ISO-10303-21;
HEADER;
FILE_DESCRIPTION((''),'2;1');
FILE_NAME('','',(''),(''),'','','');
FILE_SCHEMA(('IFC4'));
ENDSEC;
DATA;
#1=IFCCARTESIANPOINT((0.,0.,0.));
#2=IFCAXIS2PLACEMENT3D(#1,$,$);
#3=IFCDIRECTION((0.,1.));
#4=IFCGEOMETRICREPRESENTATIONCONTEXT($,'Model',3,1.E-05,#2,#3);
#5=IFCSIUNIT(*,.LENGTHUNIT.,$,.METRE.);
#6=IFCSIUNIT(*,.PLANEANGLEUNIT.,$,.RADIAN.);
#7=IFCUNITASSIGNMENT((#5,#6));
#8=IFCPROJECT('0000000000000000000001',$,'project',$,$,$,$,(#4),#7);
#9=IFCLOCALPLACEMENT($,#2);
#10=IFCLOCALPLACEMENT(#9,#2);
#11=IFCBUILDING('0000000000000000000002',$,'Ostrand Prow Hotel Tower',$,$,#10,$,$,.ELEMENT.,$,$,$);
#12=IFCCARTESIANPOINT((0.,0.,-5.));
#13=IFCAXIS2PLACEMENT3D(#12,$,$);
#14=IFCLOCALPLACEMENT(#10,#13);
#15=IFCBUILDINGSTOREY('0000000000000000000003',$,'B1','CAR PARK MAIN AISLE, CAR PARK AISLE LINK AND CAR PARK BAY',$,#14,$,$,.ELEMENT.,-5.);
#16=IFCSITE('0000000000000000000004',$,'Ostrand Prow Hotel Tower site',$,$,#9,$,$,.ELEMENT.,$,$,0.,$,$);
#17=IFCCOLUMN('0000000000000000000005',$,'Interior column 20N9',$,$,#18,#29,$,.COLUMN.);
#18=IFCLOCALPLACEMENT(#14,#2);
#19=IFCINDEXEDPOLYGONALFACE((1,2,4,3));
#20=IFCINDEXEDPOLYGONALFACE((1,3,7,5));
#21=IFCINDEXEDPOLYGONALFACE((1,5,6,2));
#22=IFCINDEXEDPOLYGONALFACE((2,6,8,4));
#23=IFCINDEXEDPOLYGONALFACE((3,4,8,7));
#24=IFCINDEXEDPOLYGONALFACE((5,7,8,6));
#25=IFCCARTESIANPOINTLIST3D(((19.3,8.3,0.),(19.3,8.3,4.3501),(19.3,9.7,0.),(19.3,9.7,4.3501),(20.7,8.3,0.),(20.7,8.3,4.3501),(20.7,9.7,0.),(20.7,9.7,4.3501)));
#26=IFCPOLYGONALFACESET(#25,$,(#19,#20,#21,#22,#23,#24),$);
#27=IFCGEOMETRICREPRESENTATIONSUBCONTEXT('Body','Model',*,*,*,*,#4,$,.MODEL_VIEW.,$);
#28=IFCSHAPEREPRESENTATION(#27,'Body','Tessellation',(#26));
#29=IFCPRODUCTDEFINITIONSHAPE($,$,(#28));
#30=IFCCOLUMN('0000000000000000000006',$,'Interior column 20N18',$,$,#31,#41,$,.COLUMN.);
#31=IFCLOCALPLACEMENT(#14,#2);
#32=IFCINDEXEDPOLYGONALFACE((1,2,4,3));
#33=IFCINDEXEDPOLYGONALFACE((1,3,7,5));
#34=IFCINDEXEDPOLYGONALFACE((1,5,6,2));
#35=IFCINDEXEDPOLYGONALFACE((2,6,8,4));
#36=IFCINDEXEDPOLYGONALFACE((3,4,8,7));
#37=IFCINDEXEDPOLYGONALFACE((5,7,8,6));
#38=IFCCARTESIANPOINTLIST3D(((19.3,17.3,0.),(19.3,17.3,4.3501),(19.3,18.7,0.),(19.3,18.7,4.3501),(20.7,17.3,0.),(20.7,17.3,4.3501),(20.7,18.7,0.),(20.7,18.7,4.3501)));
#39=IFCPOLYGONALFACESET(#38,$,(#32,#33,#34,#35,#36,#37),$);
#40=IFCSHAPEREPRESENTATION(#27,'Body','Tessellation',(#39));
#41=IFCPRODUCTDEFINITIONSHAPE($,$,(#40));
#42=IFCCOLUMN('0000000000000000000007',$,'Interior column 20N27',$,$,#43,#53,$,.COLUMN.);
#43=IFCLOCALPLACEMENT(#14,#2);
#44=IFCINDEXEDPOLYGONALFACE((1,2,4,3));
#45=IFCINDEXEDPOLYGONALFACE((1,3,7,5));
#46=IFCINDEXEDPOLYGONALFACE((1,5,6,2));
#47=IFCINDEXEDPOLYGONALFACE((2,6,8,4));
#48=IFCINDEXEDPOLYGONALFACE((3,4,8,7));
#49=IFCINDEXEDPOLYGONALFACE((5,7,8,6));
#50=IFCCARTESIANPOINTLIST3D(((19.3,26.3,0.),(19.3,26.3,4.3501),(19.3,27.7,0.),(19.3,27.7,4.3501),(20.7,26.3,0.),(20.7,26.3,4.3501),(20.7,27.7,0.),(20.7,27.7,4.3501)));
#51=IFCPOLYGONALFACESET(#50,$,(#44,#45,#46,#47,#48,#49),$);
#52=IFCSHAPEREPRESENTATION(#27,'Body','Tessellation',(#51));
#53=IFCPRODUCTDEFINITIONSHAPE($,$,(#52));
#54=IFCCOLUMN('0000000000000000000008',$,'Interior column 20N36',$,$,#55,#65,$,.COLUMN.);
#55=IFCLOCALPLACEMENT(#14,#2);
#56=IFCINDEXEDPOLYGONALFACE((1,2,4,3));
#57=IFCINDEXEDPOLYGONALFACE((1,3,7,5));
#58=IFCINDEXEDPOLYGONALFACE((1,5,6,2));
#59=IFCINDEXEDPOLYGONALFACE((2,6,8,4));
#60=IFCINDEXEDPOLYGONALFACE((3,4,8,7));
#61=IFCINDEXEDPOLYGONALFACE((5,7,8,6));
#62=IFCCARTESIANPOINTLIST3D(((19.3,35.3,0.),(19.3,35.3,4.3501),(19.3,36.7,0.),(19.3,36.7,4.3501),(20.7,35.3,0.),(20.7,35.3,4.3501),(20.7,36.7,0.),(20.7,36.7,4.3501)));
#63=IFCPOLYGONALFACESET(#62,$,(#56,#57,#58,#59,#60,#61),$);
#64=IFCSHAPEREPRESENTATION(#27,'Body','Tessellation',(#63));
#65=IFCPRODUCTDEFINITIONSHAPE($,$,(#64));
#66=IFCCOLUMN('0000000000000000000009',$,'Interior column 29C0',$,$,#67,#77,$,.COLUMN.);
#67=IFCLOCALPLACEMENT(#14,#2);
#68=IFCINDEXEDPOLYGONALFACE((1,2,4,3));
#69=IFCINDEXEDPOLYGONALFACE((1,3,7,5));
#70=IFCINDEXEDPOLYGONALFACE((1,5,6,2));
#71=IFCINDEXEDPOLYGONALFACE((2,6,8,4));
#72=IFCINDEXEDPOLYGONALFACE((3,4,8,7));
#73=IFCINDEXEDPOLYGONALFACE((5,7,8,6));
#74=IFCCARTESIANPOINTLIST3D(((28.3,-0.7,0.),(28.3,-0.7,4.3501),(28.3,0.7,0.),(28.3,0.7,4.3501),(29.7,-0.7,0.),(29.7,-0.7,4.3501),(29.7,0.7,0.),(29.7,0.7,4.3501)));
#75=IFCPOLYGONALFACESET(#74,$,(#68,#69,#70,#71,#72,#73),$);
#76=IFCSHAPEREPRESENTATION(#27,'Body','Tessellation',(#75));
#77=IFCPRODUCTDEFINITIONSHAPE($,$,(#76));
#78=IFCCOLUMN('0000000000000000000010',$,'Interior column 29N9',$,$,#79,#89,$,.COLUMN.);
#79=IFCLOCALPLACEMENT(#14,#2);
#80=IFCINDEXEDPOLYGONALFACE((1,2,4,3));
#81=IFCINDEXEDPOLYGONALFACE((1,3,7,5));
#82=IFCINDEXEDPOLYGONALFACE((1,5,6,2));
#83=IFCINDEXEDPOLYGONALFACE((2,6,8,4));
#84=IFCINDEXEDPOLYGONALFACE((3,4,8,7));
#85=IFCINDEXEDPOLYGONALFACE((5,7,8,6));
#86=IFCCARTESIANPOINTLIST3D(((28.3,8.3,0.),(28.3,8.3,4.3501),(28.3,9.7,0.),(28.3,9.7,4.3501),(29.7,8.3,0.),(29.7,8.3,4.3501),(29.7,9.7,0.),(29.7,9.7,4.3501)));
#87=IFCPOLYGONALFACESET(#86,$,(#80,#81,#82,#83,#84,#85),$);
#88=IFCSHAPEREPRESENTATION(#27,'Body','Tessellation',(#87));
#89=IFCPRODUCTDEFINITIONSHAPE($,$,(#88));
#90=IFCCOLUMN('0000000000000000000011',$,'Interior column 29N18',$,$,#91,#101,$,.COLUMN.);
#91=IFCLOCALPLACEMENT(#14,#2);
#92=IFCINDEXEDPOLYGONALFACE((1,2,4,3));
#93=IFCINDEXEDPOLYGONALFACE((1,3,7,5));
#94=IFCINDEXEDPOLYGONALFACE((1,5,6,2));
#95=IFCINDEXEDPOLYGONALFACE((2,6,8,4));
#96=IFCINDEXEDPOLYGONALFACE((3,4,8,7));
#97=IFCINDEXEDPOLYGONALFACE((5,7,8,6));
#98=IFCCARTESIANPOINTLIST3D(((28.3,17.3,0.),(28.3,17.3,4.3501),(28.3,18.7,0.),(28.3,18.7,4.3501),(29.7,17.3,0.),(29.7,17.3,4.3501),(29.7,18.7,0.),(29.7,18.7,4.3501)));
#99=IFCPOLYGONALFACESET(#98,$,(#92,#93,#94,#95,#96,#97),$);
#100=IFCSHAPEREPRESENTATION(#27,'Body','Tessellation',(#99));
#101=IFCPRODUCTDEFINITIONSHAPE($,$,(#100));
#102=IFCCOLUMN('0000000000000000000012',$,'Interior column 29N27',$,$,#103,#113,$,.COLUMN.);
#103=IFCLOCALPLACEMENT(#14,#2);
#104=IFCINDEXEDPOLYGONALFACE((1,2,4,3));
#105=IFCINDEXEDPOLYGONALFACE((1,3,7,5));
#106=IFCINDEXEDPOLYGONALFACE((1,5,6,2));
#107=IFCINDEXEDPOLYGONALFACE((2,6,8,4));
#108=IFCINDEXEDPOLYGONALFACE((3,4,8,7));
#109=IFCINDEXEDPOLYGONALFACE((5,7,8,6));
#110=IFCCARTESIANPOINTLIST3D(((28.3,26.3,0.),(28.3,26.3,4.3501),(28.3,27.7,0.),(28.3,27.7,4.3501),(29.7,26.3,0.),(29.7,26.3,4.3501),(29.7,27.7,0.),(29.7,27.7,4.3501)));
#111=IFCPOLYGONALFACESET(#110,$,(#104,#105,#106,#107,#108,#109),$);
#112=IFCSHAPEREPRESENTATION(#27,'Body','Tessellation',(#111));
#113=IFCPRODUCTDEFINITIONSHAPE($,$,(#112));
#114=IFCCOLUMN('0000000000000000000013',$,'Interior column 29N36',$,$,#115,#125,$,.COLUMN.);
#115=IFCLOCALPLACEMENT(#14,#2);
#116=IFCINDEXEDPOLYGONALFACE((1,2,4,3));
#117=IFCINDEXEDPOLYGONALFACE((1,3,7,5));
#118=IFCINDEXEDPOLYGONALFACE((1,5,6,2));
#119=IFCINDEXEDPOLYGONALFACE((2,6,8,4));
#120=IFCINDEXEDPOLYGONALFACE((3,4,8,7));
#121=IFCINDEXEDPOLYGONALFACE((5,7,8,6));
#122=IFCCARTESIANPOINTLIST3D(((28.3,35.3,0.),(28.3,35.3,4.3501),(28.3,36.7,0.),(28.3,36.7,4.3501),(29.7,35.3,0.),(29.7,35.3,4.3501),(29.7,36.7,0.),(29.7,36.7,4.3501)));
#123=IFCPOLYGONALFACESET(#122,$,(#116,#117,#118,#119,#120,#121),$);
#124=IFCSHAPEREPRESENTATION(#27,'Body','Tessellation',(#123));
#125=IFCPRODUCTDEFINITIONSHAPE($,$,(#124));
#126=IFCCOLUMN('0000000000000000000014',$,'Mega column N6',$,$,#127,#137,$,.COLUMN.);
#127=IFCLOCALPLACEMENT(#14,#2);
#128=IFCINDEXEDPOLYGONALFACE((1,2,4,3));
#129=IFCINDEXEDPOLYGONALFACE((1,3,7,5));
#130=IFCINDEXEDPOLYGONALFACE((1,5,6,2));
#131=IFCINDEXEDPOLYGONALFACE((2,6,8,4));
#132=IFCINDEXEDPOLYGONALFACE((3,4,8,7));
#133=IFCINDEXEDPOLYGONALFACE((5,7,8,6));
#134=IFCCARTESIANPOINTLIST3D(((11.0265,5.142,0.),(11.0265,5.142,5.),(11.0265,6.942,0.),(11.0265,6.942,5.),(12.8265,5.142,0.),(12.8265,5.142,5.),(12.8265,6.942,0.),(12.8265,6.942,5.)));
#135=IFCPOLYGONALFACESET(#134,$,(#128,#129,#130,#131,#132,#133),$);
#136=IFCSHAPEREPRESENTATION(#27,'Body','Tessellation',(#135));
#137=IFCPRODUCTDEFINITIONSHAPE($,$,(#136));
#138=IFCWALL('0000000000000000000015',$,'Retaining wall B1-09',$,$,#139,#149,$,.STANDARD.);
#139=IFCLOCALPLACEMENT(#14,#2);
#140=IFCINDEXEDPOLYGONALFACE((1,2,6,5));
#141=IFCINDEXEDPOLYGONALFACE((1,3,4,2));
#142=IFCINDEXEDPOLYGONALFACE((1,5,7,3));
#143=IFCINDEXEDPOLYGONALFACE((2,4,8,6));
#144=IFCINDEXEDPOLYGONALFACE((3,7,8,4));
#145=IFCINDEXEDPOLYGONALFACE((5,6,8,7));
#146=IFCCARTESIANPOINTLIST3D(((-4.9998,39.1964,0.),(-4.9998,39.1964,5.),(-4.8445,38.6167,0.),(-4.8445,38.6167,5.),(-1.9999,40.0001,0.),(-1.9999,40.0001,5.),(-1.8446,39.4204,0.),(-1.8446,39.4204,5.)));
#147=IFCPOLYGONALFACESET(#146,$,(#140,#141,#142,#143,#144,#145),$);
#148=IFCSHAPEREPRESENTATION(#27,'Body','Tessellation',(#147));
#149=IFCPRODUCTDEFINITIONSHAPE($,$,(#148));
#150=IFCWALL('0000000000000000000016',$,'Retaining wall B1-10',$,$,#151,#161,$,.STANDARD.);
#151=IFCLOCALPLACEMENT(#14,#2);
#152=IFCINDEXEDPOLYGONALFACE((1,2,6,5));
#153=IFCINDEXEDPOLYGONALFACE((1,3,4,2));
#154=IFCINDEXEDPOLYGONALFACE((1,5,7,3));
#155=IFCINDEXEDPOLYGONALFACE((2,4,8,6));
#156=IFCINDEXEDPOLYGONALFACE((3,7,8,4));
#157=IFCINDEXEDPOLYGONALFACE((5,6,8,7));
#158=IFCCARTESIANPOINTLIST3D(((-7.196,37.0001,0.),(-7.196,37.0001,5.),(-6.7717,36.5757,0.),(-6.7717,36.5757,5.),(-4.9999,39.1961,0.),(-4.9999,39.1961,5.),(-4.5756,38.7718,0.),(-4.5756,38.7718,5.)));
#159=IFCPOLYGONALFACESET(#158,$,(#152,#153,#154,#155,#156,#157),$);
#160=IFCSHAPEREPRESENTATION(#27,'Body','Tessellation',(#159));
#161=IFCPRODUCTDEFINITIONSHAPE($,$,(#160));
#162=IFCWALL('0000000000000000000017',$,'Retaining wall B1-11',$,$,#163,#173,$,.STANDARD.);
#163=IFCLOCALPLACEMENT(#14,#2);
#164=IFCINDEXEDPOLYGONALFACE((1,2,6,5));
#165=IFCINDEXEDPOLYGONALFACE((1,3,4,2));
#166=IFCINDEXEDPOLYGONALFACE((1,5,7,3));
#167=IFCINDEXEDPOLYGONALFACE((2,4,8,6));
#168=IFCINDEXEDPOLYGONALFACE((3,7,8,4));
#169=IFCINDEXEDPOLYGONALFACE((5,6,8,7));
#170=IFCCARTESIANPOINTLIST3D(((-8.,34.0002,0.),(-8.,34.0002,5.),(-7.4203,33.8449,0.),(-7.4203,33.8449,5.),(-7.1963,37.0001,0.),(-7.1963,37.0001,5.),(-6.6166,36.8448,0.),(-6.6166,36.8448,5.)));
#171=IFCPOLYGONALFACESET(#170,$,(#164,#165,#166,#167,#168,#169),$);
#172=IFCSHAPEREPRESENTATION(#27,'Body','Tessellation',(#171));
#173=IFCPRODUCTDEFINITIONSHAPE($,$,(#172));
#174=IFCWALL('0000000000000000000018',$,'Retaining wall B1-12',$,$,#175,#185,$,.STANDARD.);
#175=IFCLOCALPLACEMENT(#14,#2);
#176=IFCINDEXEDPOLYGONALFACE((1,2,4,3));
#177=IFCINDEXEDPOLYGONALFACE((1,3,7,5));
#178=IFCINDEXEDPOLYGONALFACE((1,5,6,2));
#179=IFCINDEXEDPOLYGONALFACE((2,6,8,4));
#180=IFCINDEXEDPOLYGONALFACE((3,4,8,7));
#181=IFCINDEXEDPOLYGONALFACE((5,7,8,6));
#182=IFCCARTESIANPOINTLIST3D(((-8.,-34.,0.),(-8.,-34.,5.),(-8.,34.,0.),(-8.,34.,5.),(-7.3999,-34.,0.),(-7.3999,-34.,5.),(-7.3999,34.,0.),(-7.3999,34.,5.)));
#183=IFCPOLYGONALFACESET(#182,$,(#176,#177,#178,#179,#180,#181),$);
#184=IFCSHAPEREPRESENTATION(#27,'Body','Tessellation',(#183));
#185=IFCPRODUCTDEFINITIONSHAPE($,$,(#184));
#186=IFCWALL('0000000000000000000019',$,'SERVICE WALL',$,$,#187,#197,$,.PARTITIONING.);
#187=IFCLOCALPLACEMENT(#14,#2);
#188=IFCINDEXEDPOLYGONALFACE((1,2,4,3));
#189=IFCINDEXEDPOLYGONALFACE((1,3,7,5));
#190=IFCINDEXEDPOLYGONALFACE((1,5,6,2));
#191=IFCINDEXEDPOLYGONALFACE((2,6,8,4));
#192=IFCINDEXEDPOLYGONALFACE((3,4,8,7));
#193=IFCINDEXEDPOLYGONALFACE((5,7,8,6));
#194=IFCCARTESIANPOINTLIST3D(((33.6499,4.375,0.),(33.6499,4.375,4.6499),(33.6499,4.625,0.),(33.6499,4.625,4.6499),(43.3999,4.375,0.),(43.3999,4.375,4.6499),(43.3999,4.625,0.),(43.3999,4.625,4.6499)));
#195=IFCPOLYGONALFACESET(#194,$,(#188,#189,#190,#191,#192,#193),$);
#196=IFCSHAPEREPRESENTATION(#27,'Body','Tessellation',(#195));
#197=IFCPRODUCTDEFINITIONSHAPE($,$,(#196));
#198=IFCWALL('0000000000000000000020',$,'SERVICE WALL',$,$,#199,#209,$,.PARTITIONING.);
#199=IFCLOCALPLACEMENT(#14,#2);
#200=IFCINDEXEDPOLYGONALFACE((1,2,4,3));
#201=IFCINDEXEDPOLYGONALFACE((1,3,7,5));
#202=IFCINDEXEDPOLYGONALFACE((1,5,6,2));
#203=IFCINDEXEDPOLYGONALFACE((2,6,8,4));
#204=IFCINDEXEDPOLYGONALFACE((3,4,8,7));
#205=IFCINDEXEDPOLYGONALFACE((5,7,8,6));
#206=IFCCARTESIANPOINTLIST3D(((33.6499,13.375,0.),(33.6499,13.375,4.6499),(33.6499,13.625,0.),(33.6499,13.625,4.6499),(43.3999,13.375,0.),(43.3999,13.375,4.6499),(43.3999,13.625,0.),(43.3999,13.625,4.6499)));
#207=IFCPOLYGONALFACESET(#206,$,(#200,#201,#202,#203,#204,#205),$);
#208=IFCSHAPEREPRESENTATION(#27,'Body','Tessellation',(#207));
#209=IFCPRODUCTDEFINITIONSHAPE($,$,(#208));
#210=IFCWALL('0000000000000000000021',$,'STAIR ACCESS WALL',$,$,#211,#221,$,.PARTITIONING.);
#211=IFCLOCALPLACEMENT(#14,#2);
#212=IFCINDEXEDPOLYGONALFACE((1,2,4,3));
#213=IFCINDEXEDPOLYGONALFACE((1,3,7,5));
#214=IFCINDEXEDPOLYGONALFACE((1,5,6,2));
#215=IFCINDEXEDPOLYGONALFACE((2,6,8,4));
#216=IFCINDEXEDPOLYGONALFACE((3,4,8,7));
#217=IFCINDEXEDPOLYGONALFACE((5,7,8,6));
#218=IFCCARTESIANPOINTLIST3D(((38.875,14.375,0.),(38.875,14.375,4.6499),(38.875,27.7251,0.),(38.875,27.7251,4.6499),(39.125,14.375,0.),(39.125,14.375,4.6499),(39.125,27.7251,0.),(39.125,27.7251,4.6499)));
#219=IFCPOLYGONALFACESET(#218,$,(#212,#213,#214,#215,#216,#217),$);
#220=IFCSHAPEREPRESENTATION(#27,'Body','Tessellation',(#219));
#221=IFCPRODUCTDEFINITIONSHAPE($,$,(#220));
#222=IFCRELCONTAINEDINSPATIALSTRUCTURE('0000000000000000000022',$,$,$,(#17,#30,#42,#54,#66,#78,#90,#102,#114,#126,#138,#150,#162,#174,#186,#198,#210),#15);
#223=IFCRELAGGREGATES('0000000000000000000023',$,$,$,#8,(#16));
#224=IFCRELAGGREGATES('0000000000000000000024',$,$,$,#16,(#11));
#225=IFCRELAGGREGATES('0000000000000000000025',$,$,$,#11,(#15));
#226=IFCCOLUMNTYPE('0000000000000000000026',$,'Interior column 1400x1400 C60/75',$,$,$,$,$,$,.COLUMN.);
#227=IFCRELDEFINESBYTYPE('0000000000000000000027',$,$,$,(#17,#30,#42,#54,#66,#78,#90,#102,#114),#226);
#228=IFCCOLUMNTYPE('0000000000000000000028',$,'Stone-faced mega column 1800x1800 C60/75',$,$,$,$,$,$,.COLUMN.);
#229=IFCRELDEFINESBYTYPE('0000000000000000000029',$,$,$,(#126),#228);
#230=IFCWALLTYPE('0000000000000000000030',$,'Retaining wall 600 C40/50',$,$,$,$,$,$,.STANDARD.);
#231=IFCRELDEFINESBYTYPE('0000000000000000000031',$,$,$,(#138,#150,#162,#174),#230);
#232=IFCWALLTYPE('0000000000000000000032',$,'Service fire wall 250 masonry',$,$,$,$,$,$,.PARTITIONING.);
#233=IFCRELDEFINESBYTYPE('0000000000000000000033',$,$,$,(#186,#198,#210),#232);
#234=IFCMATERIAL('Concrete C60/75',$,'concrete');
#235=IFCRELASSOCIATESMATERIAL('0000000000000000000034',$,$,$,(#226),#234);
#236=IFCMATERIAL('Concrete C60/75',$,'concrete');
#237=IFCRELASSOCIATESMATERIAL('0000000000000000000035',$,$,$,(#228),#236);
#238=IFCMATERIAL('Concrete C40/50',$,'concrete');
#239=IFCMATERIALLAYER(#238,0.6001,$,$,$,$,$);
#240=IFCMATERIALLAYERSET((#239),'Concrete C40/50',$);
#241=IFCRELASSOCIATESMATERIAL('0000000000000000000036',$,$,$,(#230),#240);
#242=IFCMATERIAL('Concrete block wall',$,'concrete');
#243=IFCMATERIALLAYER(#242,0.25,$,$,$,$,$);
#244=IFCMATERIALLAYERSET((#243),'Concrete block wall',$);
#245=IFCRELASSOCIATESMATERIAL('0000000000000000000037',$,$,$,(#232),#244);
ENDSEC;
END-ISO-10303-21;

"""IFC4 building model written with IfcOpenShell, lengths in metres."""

from ifc_helpers import new_model, si_unit, direction, frame, frame_2d, origin, origin_2d, place, context, subcontext, project, spatial, rectangle, extrude, material, layer, layer_set, material_profile, profile_set, type_object, element, save


model = new_model("IFC4")

# Units and contexts
model_context = context("Model", 3, precision=1e-05, world=origin(), true_north=direction((0.0, 1.0)))
body_context = subcontext(model_context, "Body", "Model", "MODEL_VIEW")
ifc_project = project(units=[si_unit("LENGTHUNIT", "METRE"), si_unit("PLANEANGLEUNIT", "RADIAN")], contexts=[model_context])

# Site, building, storey
site_placement = place(None, origin())
site = spatial("IfcSite", under=ifc_project, at=site_placement, Name="Ostrand Prow Hotel Tower site", CompositionType="ELEMENT", RefElevation=0.0)
building_placement = place(site_placement, origin())
building = spatial("IfcBuilding", under=site, at=building_placement, Name="Ostrand Prow Hotel Tower", CompositionType="ELEMENT")
storey_placement = place(building_placement, frame((0.0, 0.0, -5.0)))
storey = spatial("IfcBuildingStorey", under=building, at=storey_placement, Name="B1", Description="CAR PARK MAIN AISLE, CAR PARK AISLE LINK AND CAR PARK BAY", CompositionType="ELEMENT", Elevation=-5.0)

# Columns
ifc_material_1 = material(Name="Concrete C60/75", Category="concrete")
ifc_material_profile_1 = material_profile(ifc_material_1, rectangle(XDim=1.3999, YDim=1.3999, at=origin_2d()), Name="RC 1400x1400")
ifc_profile_set_1 = profile_set([ifc_material_profile_1], Name="Concrete C60/75")
column_type_1 = type_object("IfcColumnType", Name="Interior column 1400x1400 C60/75", PredefinedType="COLUMN", material=ifc_profile_set_1)
for number, where, z_axis, x_axis, name in (
    (1, (20.0, 9.0, 0.0), (0.0, 0.0, 1.0), (1.0, 0.0, 0.0), "Interior column 20N9"),
    (2, (20.0, 18.0, 0.0), (0.0, 0.0, 1.0), (1.0, 0.0, 0.0), "Interior column 20N18"),
    (3, (20.0, 27.0, 0.0), (0.0, 0.0, 1.0), (1.0, 0.0, 0.0), "Interior column 20N27"),
    (4, (20.0, 36.0, 0.0), (0.0, 0.0, 1.0), (1.0, 0.0, 0.0), "Interior column 20N36"),
    (5, (29.0, 0.0, 0.0), (0.0, 0.0, 1.0), (1.0, 0.0, 0.0), "Interior column 29C0"),
    (6, (29.0, 9.0, 0.0), (0.0, 0.0, 1.0), (1.0, 0.0, 0.0), "Interior column 29N9"),
    (7, (29.0, 18.0, 0.0), (0.0, 0.0, 1.0), (1.0, 0.0, 0.0), "Interior column 29N18"),
    (8, (29.0, 27.0, 0.0), (0.0, 0.0, 1.0), (1.0, 0.0, 0.0), "Interior column 29N27"),
    (9, (29.0, 36.0, 0.0), (0.0, 0.0, 1.0), (1.0, 0.0, 0.0), "Interior column 29N36"),
):
    element("IfcColumn", number, at=place(storey_placement, frame(where, z_axis=z_axis, x_axis=x_axis)), inside=storey, type_object=column_type_1, Name=name, PredefinedType="COLUMN", context=body_context, shape_type="SweptSolid", body=[
        extrude(rectangle(XDim=1.3999, YDim=1.3999, at=origin_2d()), origin(), (0.0, 0.0, 1.0), 4.3501),
    ])
ifc_material_2 = material(Name="Concrete C60/75", Category="concrete")
ifc_material_profile_2 = material_profile(ifc_material_2, rectangle(XDim=1.8, YDim=1.8, at=origin_2d()), Name="RC 1800x1800")
ifc_profile_set_2 = profile_set([ifc_material_profile_2], Name="Concrete C60/75")
column_type_2 = type_object("IfcColumnType", Name="Stone-faced mega column 1800x1800 C60/75", PredefinedType="COLUMN", material=ifc_profile_set_2)
column_placement = place(storey_placement, frame((11.9265, 6.042, 0.0), z_axis=(0.0, 0.0, 1.0), x_axis=(1.0, 0.0, 0.0)))
element("IfcColumn", 10, at=column_placement, inside=storey, type_object=column_type_2, Name="Mega column N6", PredefinedType="COLUMN", context=body_context, shape_type="SweptSolid", body=[
    extrude(rectangle(XDim=1.8, YDim=1.8, at=origin_2d()), origin(), (0.0, 0.0, 1.0), 5.0),
])

# Walls
ifc_material_3 = material(Name="Concrete C40/50", Category="concrete")
ifc_layer_1 = layer(ifc_material_3, 0.6001)
ifc_layer_set_1 = layer_set([ifc_layer_1], Name="Concrete C40/50")
wall_type_1 = type_object("IfcWallType", Name="Retaining wall 600 C40/50", PredefinedType="STANDARD", material=ifc_layer_set_1)
for number, where, z_axis, x_axis, name in (
    (11, (-1.9224, 39.7102, 0.0), (0.0, 0.0, 1.0), (-0.965937, -0.258778, 0.0), "Retaining wall B1-09"),
    (12, (-4.7878, 38.9839, 0.0), (0.0, 0.0, 1.0), (-0.707107, -0.707107, 0.0), "Retaining wall B1-10"),
    (13, (-6.9065, 36.9224, 0.0), (0.0, 0.0, 1.0), (-0.258778, -0.965937, 0.0), "Retaining wall B1-11"),
):
    element("IfcWall", number, at=place(storey_placement, frame(where, z_axis=z_axis, x_axis=x_axis)), inside=storey, type_object=wall_type_1, Name=name, PredefinedType="STANDARD", context=body_context, shape_type="SweptSolid", body=[
        extrude(rectangle(XDim=3.1057, YDim=0.6001, at=frame_2d((1.5527, 0.0))), origin(), (0.0, 0.0, 1.0), 5.0),
    ])
wall_1_placement = place(storey_placement, frame((-7.7, 34.0, 0.0), z_axis=(0.0, 0.0, 1.0), x_axis=(0.0, -1.0, 0.0)))
element("IfcWall", 14, at=wall_1_placement, inside=storey, type_object=wall_type_1, Name="Retaining wall B1-12", PredefinedType="STANDARD", context=body_context, shape_type="SweptSolid", body=[
    extrude(rectangle(XDim=68.0, YDim=0.6001, at=frame_2d((34.0, 0.0))), origin(), (0.0, 0.0, 1.0), 5.0),
])
ifc_material_4 = material(Name="Concrete block wall", Category="concrete")
ifc_layer_2 = layer(ifc_material_4, 0.25)
ifc_layer_set_2 = layer_set([ifc_layer_2], Name="Concrete block wall")
wall_type_2 = type_object("IfcWallType", Name="Service fire wall 250 masonry", PredefinedType="PARTITIONING", material=ifc_layer_set_2)
for number, where, z_axis, x_axis, name in (
    (15, (33.6499, 4.5, 0.0), (0.0, 0.0, 1.0), (1.0, 0.0, 0.0), "SERVICE WALL"),
    (16, (33.6499, 13.5, 0.0), (0.0, 0.0, 1.0), (1.0, 0.0, 0.0), "SERVICE WALL"),
):
    element("IfcWall", number, at=place(storey_placement, frame(where, z_axis=z_axis, x_axis=x_axis)), inside=storey, type_object=wall_type_2, Name=name, PredefinedType="PARTITIONING", context=body_context, shape_type="SweptSolid", body=[
        extrude(rectangle(XDim=9.75, YDim=0.25, at=frame_2d((4.875, 0.0))), origin(), (0.0, 0.0, 1.0), 4.6499),
    ])
wall_2_placement = place(storey_placement, frame((39.0, 14.375, 0.0), z_axis=(0.0, 0.0, 1.0), x_axis=(0.0, 1.0, 0.0)))
element("IfcWall", 17, at=wall_2_placement, inside=storey, type_object=wall_type_2, Name="STAIR ACCESS WALL", PredefinedType="PARTITIONING", context=body_context, shape_type="SweptSolid", body=[
    extrude(rectangle(XDim=13.3501, YDim=0.25, at=frame_2d((6.675, 0.0))), origin(), (0.0, 0.0, 1.0), 4.6499),
])

save(model, "model.ifc")
